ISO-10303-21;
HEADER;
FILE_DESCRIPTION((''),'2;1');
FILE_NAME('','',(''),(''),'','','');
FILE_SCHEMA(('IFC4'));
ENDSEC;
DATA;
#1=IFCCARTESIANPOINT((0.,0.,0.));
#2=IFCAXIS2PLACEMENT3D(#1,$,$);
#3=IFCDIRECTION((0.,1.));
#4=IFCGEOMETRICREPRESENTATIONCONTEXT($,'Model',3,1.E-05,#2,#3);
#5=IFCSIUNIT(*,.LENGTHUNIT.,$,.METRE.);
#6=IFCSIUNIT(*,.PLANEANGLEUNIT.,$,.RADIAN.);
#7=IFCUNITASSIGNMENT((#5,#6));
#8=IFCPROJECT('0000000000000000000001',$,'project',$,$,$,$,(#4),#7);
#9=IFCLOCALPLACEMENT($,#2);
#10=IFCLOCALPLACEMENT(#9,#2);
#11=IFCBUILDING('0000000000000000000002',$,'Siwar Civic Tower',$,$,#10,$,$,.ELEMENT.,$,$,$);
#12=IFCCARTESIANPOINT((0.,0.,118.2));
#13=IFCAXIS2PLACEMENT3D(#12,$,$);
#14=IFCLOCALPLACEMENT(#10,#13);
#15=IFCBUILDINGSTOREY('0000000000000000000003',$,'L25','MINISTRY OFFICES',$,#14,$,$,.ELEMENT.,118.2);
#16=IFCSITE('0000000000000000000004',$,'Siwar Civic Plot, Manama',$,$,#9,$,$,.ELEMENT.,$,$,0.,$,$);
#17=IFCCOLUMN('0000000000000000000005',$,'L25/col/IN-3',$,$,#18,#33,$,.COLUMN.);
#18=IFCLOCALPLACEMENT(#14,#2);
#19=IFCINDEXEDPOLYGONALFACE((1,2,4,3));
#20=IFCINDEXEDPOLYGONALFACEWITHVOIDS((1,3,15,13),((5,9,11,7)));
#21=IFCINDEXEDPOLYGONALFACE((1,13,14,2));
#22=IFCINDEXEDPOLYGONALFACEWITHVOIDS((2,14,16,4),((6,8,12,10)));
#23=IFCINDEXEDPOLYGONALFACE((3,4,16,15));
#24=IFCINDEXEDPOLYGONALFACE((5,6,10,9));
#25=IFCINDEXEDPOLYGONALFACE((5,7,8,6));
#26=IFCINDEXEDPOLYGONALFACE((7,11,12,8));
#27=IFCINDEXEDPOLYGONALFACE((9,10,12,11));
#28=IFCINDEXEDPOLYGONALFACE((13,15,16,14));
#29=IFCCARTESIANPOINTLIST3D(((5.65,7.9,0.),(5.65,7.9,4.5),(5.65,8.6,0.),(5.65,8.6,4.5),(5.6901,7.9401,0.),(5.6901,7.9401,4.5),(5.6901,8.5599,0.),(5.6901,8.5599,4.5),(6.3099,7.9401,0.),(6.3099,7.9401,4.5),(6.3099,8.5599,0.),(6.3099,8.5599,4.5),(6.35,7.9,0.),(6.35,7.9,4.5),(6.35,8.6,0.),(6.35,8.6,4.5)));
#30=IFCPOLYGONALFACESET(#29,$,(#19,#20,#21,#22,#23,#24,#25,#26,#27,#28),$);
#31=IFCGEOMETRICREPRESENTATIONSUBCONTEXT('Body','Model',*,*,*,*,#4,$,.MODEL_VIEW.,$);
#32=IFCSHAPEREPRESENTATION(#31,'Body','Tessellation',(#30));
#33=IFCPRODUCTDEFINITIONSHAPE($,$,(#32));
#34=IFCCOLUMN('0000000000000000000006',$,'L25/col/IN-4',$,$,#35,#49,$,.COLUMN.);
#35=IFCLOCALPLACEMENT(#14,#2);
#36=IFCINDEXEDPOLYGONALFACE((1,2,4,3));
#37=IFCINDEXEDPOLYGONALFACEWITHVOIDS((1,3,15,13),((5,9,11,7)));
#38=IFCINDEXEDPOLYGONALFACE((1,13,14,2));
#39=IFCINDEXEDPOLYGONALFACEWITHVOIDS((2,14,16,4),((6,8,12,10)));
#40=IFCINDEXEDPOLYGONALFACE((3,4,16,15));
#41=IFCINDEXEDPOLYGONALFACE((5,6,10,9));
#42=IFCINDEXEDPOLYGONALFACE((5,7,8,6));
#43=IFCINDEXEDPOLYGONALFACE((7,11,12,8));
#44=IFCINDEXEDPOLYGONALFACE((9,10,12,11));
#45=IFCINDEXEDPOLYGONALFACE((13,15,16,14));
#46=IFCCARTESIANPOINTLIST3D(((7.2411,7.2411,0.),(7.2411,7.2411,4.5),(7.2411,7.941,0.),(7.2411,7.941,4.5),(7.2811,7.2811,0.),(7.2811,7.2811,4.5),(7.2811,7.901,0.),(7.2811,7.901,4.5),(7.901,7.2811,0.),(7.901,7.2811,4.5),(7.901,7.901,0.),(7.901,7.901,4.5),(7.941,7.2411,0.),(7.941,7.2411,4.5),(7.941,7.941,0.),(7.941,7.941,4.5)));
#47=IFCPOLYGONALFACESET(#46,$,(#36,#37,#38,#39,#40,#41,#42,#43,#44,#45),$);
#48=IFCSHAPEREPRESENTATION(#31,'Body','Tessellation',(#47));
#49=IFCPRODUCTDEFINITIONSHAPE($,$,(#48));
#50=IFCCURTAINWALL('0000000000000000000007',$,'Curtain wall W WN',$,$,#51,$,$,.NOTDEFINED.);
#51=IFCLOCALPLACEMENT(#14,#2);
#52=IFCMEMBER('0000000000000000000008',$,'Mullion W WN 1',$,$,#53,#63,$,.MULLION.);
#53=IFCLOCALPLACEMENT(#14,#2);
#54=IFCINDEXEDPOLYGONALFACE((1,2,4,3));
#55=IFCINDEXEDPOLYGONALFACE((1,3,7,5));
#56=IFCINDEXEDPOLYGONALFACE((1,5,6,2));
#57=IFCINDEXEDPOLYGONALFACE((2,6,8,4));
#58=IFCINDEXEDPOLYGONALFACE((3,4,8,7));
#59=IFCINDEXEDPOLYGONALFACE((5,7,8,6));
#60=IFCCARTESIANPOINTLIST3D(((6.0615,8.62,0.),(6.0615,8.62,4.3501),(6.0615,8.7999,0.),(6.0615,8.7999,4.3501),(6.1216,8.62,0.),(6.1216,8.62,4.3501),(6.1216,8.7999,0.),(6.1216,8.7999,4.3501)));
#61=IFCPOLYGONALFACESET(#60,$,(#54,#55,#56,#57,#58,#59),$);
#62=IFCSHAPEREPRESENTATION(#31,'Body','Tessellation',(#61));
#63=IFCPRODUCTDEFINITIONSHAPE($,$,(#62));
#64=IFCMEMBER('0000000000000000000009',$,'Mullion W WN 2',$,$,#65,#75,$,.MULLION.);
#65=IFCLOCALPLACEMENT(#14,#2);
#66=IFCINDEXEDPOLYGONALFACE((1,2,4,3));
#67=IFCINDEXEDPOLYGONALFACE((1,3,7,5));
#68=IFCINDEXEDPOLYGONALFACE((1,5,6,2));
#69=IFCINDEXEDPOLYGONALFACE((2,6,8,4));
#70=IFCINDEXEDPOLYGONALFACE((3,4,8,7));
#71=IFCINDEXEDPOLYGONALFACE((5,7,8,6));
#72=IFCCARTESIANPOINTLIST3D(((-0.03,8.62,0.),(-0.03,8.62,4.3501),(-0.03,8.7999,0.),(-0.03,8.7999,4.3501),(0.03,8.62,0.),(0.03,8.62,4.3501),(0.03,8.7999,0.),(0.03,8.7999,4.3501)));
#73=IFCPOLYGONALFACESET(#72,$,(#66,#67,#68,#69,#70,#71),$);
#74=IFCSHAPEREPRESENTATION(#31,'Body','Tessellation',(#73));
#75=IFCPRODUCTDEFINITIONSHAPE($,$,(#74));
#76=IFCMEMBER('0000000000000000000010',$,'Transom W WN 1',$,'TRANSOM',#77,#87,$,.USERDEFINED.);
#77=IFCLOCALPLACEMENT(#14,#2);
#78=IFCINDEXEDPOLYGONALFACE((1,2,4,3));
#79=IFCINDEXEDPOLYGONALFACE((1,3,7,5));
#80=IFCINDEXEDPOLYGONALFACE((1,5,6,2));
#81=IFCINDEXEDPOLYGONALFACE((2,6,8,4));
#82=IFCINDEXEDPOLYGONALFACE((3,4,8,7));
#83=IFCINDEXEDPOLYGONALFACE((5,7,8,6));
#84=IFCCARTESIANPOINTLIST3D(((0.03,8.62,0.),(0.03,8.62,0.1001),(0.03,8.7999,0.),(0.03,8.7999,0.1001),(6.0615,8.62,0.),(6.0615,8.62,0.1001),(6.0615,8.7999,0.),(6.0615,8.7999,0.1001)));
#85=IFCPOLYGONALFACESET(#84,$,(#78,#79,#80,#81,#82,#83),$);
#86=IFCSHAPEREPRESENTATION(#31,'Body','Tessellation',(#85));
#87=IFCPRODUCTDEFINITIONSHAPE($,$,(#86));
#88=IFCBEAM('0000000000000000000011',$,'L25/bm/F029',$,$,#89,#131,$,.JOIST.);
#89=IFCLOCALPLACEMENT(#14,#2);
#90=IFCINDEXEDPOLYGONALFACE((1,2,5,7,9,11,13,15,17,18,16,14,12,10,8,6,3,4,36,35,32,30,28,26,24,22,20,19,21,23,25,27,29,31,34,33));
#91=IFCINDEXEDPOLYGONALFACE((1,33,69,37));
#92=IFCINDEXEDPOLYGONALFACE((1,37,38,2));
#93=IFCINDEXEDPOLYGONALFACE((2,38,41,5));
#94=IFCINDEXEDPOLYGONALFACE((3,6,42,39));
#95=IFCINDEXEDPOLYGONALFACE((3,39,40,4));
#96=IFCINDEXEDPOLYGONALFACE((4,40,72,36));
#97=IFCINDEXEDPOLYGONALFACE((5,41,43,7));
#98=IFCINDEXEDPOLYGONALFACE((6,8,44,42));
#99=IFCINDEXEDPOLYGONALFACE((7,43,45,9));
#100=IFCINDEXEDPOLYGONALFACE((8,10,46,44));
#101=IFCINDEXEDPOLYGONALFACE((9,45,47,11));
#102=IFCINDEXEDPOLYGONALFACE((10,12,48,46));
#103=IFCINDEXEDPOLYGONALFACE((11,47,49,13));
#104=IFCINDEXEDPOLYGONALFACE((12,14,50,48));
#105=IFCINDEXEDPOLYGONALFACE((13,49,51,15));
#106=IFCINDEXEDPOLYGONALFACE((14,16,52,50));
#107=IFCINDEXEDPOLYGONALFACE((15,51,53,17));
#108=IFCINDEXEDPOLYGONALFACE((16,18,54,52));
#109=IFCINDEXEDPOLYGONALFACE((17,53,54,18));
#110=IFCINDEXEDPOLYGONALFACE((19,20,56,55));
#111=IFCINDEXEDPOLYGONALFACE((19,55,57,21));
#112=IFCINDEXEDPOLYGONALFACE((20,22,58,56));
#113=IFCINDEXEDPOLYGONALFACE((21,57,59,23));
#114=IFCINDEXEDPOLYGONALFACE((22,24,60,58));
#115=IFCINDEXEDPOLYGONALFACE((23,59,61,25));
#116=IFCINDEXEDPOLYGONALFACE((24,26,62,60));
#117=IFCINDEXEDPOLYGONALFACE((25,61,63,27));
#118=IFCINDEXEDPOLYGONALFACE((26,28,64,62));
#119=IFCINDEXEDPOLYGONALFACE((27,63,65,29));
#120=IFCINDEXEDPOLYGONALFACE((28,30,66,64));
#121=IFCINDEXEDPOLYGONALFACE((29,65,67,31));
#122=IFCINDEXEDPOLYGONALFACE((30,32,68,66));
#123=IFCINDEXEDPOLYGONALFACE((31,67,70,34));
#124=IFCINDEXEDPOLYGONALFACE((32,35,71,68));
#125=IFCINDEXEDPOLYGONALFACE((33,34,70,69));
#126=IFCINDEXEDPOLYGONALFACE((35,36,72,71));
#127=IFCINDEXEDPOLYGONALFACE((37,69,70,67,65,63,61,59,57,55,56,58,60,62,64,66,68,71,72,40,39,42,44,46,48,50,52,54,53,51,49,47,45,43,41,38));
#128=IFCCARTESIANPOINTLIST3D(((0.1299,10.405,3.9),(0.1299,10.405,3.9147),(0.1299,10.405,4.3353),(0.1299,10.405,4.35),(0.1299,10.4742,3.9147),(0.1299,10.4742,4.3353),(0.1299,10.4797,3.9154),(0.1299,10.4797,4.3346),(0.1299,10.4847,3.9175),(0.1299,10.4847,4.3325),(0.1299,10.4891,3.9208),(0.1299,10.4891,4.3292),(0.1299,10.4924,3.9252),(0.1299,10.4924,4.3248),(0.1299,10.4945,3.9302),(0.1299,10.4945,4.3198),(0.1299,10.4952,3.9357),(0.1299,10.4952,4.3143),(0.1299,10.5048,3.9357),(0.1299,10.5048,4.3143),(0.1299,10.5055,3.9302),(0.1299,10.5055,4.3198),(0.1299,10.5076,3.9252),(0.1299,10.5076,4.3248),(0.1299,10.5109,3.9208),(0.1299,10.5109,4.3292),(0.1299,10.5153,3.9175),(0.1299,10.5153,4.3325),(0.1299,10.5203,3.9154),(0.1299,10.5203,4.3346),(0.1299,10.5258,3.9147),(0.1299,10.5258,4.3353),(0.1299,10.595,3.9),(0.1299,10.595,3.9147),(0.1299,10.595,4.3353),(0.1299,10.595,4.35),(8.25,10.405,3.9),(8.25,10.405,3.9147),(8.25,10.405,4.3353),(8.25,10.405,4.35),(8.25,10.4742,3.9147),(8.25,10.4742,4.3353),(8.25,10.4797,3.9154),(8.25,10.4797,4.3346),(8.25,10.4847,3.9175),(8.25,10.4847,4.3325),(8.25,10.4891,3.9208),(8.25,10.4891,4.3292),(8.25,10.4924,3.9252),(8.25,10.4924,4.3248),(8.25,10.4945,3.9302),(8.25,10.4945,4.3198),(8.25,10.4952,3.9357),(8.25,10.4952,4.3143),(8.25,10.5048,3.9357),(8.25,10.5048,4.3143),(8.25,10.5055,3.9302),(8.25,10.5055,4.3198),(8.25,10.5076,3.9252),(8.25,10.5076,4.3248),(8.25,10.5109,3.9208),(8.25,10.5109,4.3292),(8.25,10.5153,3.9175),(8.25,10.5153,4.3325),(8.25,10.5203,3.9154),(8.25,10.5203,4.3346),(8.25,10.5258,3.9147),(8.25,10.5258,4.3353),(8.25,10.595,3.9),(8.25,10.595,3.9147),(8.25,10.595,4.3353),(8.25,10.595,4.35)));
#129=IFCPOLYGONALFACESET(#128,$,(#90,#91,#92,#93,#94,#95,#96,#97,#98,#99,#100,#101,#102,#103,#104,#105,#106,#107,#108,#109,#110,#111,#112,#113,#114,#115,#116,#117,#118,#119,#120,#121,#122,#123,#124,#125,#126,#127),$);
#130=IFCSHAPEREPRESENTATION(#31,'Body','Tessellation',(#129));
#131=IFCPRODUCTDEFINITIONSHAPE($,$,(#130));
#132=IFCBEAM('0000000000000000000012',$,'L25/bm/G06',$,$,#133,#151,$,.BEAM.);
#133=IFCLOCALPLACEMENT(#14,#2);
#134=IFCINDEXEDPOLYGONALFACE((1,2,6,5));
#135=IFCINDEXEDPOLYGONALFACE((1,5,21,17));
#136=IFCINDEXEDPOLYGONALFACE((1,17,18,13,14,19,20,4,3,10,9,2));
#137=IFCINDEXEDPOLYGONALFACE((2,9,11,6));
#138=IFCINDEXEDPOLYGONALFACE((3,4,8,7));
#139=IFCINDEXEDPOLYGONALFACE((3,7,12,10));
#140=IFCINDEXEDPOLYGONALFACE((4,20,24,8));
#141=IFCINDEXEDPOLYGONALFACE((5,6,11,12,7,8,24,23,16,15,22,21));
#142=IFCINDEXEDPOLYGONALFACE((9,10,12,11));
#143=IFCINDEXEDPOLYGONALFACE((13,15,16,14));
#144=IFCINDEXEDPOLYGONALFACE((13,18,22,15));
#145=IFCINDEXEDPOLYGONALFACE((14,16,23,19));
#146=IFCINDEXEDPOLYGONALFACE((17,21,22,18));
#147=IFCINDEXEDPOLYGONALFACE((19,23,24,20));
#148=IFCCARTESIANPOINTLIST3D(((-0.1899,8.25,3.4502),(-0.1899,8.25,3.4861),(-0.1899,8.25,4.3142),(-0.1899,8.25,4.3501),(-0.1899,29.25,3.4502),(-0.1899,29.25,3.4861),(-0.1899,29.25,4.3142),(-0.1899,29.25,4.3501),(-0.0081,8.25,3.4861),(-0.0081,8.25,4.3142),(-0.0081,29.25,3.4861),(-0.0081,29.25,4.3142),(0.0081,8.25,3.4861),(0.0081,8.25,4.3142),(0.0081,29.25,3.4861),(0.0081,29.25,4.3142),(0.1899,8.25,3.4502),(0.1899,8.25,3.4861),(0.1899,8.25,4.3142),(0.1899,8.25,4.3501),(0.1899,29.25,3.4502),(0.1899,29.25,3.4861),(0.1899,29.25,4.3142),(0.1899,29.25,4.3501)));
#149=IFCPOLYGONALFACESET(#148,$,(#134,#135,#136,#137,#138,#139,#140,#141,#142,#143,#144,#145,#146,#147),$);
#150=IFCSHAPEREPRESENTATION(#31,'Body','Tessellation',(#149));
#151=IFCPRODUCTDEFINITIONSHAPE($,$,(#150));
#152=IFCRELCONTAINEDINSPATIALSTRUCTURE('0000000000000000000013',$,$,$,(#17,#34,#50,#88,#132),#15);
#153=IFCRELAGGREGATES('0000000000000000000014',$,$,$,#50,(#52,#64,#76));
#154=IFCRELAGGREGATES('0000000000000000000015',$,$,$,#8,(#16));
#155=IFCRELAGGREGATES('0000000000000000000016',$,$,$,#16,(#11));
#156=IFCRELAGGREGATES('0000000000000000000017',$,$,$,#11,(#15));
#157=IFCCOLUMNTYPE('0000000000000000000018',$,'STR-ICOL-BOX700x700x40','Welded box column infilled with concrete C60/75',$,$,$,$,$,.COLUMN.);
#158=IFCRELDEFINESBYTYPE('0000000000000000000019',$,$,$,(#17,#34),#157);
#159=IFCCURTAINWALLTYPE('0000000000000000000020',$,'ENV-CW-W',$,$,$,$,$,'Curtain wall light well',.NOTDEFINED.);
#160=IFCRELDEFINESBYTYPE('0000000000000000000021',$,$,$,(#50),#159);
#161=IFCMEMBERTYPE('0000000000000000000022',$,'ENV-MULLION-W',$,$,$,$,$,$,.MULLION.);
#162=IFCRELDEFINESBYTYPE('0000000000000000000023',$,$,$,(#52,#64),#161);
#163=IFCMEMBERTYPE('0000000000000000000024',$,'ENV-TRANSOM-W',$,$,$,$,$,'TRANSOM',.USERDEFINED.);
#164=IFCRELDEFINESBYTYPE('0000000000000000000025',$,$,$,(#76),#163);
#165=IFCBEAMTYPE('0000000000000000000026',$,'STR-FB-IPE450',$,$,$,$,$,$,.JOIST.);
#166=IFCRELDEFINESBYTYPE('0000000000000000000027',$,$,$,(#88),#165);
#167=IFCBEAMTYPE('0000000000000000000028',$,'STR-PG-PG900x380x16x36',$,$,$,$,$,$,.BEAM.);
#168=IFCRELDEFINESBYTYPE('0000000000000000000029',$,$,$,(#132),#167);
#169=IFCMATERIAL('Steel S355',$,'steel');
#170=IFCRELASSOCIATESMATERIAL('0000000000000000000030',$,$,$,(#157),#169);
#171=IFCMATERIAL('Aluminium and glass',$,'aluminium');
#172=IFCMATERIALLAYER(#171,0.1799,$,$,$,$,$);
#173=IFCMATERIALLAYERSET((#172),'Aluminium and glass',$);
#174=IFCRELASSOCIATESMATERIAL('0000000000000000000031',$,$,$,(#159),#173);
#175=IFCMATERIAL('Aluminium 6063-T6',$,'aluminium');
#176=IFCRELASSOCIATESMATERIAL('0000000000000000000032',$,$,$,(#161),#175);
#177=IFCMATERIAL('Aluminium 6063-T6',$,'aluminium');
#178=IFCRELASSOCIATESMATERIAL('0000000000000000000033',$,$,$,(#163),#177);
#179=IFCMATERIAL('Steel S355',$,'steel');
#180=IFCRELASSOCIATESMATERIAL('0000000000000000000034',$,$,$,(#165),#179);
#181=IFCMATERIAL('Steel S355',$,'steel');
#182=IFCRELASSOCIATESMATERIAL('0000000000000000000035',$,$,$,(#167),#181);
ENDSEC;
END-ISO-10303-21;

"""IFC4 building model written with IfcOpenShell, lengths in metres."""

from ifc_helpers import new_model, si_unit, direction, frame, origin, origin_2d, place, context, subcontext, project, spatial, rectangle, hollow_rectangle, i_section, extrude, material, layer, layer_set, material_profile, profile_set, type_object, element, aggregate, save


model = new_model("IFC4")

# Units and contexts
model_context = context("Model", 3, precision=1e-05, world=origin(), true_north=direction((0.0, 1.0)))
body_context = subcontext(model_context, "Body", "Model", "MODEL_VIEW")
ifc_project = project(units=[si_unit("LENGTHUNIT", "METRE"), si_unit("PLANEANGLEUNIT", "RADIAN")], contexts=[model_context])

# Site, building, storey
site_placement = place(None, origin())
site = spatial("IfcSite", under=ifc_project, at=site_placement, Name="Siwar Civic Plot, Manama", CompositionType="ELEMENT", RefElevation=0.0)
building_placement = place(site_placement, origin())
building = spatial("IfcBuilding", under=site, at=building_placement, Name="Siwar Civic Tower", CompositionType="ELEMENT")
storey_placement = place(building_placement, frame((0.0, 0.0, 118.2)))
storey = spatial("IfcBuildingStorey", under=building, at=storey_placement, Name="L25", Description="MINISTRY OFFICES", CompositionType="ELEMENT", Elevation=118.2)

# Columns
ifc_material_1 = material(Name="Steel S355", Category="steel")
ifc_material_profile_1 = material_profile(ifc_material_1, hollow_rectangle(XDim=0.7, YDim=0.7, WallThickness=0.04, at=origin_2d()), Name="BOX700x700x40")
ifc_profile_set_1 = profile_set([ifc_material_profile_1], Name="Steel S355")
column_type = type_object("IfcColumnType", Name="STR-ICOL-BOX700x700x40", Description="Welded box column infilled with concrete C60/75", PredefinedType="COLUMN", material=ifc_profile_set_1)
for number, where, z_axis, x_axis, name in (
    (1, (6.0, 8.25, 0.0), (0.0, 0.0, 1.0), (1.0, 0.0, 0.0), "L25/col/IN-3"),
    (2, (7.5911, 7.5911, 0.0), (0.0, 0.0, 1.0), (1.0, 0.0, 0.0), "L25/col/IN-4"),
):
    element("IfcColumn", number, at=place(storey_placement, frame(where, z_axis=z_axis, x_axis=x_axis)), inside=storey, type_object=column_type, Name=name, PredefinedType="COLUMN", context=body_context, shape_type="SweptSolid", body=[
        extrude(hollow_rectangle(XDim=0.7, YDim=0.7, WallThickness=0.04, at=origin_2d()), origin(), (0.0, 0.0, 1.0), 4.5),
    ])

# Curtain wall, members
ifc_material_2 = material(Name="Aluminium and glass", Category="aluminium")
ifc_layer_1 = layer(ifc_material_2, 0.1799)
ifc_layer_set_1 = layer_set([ifc_layer_1], Name="Aluminium and glass")
curtain_wall_type = type_object("IfcCurtainWallType", Name="ENV-CW-W", ElementType="Curtain wall light well", PredefinedType="NOTDEFINED", material=ifc_layer_set_1)
curtain_wall_placement = place(storey_placement, origin())
curtain_wall = element("IfcCurtainWall", 3, at=curtain_wall_placement, inside=storey, type_object=curtain_wall_type, Name="Curtain wall W WN", PredefinedType="NOTDEFINED")
ifc_material_3 = material(Name="Aluminium 6063-T6", Category="aluminium")
ifc_material_profile_2 = material_profile(ifc_material_3, rectangle(XDim=0.1799, YDim=0.0601, at=origin_2d()), Name="AL 180x60")
ifc_profile_set_2 = profile_set([ifc_material_profile_2], Name="Aluminium 6063-T6")
member_type_1 = type_object("IfcMemberType", Name="ENV-MULLION-W", PredefinedType="MULLION", material=ifc_profile_set_2)
member_1_placement = place(storey_placement, frame((6.0916, 8.71, 0.0), z_axis=(0.0, 0.0, 1.0), x_axis=(0.0, -1.0, 0.0)))
member_1 = element("IfcMember", 4, at=member_1_placement, type_object=member_type_1, Name="Mullion W WN 1", PredefinedType="MULLION", context=body_context, shape_type="SweptSolid", body=[
    extrude(rectangle(XDim=0.1799, YDim=0.0601, at=origin_2d()), origin(), (0.0, 0.0, 1.0), 4.3501),
])
member_2_placement = place(storey_placement, frame((0.0, 8.71, 0.0), z_axis=(0.0, 0.0, 1.0), x_axis=(0.0, -1.0, 0.0)))
member_2 = element("IfcMember", 5, at=member_2_placement, type_object=member_type_1, Name="Mullion W WN 2", PredefinedType="MULLION", context=body_context, shape_type="SweptSolid", body=[
    extrude(rectangle(XDim=0.1799, YDim=0.0601, at=origin_2d()), origin(), (0.0, 0.0, 1.0), 4.3501),
])
ifc_material_4 = material(Name="Aluminium 6063-T6", Category="aluminium")
ifc_material_profile_3 = material_profile(ifc_material_4, rectangle(XDim=0.1799, YDim=0.1001, at=origin_2d()), Name="AL 180x100")
ifc_profile_set_3 = profile_set([ifc_material_profile_3], Name="Aluminium 6063-T6")
member_type_2 = type_object("IfcMemberType", Name="ENV-TRANSOM-W", ElementType="TRANSOM", PredefinedType="USERDEFINED", material=ifc_profile_set_3)
member_3_placement = place(storey_placement, frame((6.0615, 8.71, 0.05), z_axis=(-1.0, 0.0, 0.0), x_axis=(0.0, -1.0, 0.0)))
member_3 = element("IfcMember", 6, at=member_3_placement, type_object=member_type_2, Name="Transom W WN 1", ObjectType="TRANSOM", PredefinedType="USERDEFINED", context=body_context, shape_type="SweptSolid", body=[
    extrude(rectangle(XDim=0.1799, YDim=0.1001, at=origin_2d()), origin(), (0.0, 0.0, 1.0), 6.0315),
])

# Beams
ifc_material_5 = material(Name="Steel S355", Category="steel")
ifc_material_profile_4 = material_profile(ifc_material_5, i_section(OverallWidth=0.1899, OverallDepth=0.45, WebThickness=0.0095, FlangeThickness=0.0146, FilletRadius=0.021, at=origin_2d()), Name="IPE450")
ifc_profile_set_4 = profile_set([ifc_material_profile_4], Name="Steel S355")
beam_type_1 = type_object("IfcBeamType", Name="STR-FB-IPE450", PredefinedType="JOIST", material=ifc_profile_set_4)
beam_1_placement = place(storey_placement, frame((0.1299, 10.5, 4.125), z_axis=(1.0, 0.0, 0.0), x_axis=(0.0, 1.0, 0.0)))
element("IfcBeam", 7, at=beam_1_placement, inside=storey, type_object=beam_type_1, Name="L25/bm/F029", PredefinedType="JOIST", context=body_context, shape_type="SweptSolid", body=[
    extrude(i_section(OverallWidth=0.1899, OverallDepth=0.45, WebThickness=0.0095, FlangeThickness=0.0146, FilletRadius=0.021, at=origin_2d()), origin(), (0.0, 0.0, 1.0), 8.1201),
])
ifc_material_6 = material(Name="Steel S355", Category="steel")
ifc_material_profile_5 = material_profile(ifc_material_6, i_section(OverallWidth=0.3799, OverallDepth=0.8999, WebThickness=0.0161, FlangeThickness=0.0359, at=origin_2d()), Name="PG900x380x16x36")
ifc_profile_set_5 = profile_set([ifc_material_profile_5], Name="Steel S355")
beam_type_2 = type_object("IfcBeamType", Name="STR-PG-PG900x380x16x36", PredefinedType="BEAM", material=ifc_profile_set_5)
beam_2_placement = place(storey_placement, frame((0.0, 8.25, 3.9001), z_axis=(0.0, 1.0, 0.0), x_axis=(-1.0, 0.0, 0.0)))
element("IfcBeam", 8, at=beam_2_placement, inside=storey, type_object=beam_type_2, Name="L25/bm/G06", PredefinedType="BEAM", context=body_context, shape_type="SweptSolid", body=[
    extrude(i_section(OverallWidth=0.3799, OverallDepth=0.8999, WebThickness=0.0161, FlangeThickness=0.0359, at=origin_2d()), origin(), (0.0, 0.0, 1.0), 21.0),
])

aggregate(curtain_wall, [member_1, member_2, member_3])

save(model, "model.ifc")
